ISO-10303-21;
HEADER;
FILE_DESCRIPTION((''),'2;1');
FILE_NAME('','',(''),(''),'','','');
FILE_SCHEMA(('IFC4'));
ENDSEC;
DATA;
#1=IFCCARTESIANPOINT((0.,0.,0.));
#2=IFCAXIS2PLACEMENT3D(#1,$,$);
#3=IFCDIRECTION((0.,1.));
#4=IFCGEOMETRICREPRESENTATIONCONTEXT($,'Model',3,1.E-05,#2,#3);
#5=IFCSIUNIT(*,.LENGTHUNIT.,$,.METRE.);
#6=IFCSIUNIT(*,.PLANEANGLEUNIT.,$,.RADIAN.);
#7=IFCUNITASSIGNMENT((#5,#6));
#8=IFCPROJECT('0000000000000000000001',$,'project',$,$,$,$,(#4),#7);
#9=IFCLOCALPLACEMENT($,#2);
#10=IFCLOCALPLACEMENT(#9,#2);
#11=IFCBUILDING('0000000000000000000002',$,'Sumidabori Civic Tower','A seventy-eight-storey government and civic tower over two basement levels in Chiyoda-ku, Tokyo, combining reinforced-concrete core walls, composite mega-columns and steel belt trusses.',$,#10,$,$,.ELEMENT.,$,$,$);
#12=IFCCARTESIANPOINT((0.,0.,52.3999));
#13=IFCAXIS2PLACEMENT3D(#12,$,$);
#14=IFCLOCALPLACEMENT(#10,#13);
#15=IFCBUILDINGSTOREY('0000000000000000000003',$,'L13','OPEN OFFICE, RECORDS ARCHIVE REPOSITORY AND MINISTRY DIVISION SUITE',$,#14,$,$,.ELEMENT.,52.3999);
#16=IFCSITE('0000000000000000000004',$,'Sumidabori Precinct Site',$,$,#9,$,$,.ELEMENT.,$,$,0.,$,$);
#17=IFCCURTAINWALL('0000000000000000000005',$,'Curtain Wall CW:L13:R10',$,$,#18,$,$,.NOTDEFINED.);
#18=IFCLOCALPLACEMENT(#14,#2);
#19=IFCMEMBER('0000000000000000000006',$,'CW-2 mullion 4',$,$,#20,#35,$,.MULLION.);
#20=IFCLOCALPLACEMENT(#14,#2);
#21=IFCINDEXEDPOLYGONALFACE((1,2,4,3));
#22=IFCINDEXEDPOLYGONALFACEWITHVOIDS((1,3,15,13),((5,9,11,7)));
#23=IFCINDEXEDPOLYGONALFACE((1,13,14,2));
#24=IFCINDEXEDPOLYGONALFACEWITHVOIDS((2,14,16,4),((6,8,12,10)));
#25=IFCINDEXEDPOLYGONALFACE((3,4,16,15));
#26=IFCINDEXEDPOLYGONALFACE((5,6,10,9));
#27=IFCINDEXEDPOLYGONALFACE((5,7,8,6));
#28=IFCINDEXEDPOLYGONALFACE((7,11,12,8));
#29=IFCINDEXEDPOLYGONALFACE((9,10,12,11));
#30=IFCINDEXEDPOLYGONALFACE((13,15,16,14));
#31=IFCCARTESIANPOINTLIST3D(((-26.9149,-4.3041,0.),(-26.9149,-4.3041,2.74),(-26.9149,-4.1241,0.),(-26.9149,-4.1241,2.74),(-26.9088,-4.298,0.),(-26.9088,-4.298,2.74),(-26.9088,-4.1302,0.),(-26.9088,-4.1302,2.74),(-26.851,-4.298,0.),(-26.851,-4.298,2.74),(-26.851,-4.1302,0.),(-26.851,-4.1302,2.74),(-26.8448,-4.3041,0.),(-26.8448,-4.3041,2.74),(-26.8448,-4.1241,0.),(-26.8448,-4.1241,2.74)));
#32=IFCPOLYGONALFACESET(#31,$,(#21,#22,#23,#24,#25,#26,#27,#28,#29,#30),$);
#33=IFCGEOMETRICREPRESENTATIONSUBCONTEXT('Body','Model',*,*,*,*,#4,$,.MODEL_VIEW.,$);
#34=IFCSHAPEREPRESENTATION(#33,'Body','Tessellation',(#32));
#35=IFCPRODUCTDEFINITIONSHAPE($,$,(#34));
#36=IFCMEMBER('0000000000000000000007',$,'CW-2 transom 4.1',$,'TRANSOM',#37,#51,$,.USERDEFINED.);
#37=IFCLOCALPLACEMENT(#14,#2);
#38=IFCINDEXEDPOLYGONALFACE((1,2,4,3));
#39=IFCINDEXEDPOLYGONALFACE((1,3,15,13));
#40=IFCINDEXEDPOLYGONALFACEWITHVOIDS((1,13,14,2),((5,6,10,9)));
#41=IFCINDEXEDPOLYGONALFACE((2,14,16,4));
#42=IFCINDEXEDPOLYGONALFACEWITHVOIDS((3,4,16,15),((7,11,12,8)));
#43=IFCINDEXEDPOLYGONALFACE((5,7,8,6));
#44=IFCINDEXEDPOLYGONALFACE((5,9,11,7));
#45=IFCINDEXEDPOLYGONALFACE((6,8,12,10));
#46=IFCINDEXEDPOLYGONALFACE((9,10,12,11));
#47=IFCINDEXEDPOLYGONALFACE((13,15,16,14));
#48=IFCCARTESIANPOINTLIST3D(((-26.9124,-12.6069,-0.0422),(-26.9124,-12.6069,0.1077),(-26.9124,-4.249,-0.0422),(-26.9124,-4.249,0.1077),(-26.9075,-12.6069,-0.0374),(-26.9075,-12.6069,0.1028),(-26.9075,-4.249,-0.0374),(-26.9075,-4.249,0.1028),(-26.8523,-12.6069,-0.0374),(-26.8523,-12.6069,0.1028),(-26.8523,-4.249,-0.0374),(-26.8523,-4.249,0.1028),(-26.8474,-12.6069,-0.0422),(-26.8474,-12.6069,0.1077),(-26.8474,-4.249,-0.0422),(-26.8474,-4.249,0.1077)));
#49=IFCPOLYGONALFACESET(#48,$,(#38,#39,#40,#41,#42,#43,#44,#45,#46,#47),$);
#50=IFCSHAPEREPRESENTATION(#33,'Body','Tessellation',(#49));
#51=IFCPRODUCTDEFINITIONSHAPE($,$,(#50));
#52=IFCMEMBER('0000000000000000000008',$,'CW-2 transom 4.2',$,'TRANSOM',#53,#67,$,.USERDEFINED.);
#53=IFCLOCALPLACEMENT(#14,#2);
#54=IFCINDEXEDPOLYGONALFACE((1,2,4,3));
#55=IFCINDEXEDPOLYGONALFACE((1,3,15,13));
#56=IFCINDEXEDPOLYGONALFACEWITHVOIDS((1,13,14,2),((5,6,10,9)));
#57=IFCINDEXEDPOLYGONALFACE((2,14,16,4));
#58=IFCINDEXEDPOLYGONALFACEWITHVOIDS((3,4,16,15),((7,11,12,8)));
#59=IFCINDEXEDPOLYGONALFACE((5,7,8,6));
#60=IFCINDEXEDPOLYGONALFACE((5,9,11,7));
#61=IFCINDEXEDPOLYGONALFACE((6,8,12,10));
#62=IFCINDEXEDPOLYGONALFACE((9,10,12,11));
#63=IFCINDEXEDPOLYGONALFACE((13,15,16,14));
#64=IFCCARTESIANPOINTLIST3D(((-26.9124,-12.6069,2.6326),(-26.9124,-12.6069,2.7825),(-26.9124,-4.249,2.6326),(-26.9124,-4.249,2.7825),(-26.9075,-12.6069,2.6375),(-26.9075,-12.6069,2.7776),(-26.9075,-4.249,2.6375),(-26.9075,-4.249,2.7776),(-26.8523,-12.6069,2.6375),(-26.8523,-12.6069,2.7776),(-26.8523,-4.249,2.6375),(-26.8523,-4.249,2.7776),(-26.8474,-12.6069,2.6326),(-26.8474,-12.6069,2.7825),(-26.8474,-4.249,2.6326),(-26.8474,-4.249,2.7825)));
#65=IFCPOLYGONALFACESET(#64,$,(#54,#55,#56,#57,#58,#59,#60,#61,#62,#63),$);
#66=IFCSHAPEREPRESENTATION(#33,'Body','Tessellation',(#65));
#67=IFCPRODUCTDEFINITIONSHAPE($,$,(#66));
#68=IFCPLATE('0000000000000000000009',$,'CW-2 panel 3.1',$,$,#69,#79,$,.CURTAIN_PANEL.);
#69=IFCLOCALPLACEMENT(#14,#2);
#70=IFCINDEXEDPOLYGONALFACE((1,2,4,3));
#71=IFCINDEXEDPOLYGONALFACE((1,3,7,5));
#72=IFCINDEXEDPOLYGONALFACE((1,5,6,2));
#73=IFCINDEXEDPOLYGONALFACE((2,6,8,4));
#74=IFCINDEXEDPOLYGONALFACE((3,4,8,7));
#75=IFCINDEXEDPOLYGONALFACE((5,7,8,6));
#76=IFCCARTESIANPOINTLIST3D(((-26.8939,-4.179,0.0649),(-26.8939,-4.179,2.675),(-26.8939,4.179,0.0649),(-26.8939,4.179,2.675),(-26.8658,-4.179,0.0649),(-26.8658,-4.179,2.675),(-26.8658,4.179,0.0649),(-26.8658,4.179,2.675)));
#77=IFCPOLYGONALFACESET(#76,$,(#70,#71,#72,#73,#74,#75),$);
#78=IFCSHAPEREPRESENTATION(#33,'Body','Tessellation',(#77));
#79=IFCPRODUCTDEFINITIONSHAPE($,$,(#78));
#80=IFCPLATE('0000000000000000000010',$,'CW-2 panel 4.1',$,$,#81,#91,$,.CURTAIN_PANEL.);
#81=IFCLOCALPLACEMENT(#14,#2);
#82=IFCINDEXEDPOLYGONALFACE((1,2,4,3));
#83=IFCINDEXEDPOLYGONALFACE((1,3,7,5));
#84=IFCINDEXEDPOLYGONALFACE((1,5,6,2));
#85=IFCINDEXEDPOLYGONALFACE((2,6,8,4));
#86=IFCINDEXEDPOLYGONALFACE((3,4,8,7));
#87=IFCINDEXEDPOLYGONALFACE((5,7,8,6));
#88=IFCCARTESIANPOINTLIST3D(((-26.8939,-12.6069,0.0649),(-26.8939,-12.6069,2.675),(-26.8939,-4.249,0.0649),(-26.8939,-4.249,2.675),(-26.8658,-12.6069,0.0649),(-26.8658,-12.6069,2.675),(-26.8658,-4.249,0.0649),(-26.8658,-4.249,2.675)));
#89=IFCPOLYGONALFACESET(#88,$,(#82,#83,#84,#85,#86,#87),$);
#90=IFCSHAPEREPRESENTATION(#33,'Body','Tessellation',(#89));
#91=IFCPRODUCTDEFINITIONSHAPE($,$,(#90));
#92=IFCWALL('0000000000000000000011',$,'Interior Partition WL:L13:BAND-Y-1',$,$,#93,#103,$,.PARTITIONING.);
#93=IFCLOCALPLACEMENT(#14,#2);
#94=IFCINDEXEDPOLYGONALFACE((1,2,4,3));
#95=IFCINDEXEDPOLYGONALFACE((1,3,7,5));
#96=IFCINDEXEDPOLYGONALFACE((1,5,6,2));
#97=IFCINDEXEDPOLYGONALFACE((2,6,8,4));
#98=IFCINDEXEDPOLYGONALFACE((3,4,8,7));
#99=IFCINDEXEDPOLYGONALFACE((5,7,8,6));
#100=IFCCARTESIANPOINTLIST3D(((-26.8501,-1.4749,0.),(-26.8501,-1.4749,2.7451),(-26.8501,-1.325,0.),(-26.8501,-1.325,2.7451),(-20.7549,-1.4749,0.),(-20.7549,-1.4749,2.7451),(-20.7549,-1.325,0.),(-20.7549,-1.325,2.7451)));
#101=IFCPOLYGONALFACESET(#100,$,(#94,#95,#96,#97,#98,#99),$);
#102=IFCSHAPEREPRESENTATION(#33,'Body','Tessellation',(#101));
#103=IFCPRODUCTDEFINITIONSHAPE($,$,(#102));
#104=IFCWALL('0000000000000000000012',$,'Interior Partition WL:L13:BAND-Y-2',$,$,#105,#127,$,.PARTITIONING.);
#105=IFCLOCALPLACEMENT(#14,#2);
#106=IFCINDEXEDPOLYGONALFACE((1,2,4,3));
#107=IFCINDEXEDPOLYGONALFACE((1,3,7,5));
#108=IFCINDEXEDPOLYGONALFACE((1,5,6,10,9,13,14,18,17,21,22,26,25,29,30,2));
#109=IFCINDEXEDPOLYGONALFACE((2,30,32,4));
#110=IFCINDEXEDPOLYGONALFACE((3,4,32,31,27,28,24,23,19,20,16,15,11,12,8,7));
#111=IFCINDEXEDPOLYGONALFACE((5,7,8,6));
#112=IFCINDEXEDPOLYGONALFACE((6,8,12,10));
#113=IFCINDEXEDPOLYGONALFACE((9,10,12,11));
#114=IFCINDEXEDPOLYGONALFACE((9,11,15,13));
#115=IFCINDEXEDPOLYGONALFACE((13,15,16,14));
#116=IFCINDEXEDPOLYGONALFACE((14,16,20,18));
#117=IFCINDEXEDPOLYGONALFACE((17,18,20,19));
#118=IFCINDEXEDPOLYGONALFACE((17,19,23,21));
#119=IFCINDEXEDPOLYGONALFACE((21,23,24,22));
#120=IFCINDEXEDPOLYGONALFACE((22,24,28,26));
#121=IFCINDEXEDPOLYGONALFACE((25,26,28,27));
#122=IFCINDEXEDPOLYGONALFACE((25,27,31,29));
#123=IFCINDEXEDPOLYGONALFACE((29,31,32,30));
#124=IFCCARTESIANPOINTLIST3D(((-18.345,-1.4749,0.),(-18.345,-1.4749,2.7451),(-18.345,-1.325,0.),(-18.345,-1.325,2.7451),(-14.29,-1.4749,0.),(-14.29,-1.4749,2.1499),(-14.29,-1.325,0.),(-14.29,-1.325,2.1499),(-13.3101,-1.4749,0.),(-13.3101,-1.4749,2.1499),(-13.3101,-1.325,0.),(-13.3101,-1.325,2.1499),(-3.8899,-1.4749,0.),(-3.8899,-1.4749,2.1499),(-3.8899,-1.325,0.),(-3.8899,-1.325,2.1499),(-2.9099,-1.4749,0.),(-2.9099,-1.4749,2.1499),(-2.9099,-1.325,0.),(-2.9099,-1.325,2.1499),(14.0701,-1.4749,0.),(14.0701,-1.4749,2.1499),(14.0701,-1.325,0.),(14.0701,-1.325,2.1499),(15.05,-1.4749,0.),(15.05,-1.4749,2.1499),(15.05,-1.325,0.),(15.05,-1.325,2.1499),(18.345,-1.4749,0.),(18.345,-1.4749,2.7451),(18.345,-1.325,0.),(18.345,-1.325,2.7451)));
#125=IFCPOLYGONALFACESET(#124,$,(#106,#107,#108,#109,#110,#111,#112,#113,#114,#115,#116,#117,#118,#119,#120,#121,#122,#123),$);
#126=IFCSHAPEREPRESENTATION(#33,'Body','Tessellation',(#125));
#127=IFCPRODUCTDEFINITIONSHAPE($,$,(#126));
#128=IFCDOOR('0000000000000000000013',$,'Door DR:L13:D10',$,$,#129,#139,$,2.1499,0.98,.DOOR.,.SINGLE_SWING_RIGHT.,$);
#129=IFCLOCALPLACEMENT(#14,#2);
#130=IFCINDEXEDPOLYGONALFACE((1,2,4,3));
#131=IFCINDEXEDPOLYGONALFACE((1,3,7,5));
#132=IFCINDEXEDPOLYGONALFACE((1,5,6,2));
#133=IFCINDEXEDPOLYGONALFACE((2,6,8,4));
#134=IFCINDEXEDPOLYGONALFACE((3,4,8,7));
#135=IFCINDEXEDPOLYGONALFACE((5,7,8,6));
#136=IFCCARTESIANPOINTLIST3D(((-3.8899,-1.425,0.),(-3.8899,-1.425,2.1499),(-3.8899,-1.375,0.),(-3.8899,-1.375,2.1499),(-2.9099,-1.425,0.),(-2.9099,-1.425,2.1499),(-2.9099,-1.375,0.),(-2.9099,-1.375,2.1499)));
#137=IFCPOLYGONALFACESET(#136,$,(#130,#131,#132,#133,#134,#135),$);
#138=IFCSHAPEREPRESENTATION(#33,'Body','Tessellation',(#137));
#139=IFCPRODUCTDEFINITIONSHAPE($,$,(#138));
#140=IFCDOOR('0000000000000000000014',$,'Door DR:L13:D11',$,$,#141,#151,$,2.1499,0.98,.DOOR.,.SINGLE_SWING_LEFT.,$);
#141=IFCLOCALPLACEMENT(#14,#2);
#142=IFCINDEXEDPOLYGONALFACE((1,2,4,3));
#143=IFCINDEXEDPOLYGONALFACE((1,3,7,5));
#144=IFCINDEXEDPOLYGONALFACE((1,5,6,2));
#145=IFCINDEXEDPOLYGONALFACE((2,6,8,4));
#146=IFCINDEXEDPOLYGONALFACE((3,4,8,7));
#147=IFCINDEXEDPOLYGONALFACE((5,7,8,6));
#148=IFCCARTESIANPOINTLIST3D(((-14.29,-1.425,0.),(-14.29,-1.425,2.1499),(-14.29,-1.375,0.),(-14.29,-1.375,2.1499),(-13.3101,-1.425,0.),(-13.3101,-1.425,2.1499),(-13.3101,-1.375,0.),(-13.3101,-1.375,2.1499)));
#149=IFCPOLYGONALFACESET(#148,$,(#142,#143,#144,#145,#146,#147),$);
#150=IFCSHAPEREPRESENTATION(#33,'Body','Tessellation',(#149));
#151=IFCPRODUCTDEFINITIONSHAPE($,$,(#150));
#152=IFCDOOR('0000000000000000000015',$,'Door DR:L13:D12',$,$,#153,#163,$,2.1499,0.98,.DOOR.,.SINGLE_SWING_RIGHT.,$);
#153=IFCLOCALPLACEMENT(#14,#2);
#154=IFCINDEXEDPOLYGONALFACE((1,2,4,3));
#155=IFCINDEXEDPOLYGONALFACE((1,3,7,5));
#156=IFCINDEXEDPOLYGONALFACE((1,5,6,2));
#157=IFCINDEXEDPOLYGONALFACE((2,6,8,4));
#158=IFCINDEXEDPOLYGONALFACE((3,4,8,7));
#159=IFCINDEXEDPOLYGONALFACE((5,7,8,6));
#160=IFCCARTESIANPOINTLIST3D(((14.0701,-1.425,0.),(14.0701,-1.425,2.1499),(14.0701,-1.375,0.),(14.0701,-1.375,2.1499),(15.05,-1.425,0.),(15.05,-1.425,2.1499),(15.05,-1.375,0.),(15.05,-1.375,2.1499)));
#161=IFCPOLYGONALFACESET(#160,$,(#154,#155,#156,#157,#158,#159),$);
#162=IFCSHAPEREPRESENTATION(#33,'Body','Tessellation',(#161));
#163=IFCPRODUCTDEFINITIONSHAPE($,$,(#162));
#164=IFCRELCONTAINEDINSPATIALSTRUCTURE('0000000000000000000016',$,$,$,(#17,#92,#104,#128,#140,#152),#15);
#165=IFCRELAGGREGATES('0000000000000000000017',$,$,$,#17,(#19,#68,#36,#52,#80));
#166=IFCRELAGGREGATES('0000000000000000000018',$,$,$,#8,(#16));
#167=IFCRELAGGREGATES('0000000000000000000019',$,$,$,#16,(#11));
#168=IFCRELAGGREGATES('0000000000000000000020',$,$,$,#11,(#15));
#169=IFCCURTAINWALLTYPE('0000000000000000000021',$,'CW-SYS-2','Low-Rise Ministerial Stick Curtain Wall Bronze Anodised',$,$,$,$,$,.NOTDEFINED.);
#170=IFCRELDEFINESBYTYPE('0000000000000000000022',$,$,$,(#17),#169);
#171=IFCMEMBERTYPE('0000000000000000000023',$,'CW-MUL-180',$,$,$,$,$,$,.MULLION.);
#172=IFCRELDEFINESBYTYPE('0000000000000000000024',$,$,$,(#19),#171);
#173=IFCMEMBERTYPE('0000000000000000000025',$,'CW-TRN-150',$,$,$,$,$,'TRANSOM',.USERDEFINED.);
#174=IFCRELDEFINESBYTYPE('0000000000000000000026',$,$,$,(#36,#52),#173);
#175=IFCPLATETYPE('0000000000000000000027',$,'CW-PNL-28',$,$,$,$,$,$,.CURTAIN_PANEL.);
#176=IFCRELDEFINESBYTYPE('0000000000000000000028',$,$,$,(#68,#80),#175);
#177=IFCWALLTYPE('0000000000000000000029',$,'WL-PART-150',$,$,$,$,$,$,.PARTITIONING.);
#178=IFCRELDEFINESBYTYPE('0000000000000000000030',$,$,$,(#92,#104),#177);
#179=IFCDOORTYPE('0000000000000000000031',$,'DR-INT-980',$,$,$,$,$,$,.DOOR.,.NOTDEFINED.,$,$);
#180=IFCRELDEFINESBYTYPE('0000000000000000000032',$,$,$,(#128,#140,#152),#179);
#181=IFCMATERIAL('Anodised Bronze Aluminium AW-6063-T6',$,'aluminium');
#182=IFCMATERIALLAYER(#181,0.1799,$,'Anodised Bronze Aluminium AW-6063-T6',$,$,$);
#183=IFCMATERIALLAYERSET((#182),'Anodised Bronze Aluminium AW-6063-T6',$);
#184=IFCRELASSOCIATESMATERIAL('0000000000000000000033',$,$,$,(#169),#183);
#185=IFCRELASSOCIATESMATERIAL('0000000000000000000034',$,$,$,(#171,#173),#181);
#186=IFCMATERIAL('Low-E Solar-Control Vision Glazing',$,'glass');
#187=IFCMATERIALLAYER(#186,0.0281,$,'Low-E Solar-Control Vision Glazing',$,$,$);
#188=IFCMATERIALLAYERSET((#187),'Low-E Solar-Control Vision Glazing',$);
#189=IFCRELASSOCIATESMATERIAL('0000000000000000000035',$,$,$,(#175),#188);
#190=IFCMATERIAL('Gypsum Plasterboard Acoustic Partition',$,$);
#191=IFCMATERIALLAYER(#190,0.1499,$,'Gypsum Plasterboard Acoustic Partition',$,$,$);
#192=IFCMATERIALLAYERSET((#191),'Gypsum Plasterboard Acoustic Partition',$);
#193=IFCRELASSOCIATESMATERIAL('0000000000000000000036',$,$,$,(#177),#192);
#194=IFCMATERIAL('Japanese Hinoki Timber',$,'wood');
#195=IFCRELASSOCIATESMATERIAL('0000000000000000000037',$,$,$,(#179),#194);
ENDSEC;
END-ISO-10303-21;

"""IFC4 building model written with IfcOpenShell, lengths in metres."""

from ifc_helpers import new_model, si_unit, direction, frame, frame_2d, origin, origin_2d, place, context, subcontext, project, spatial, rectangle, hollow_rectangle, extrude, source, transform, mapped, material, layer, layer_set, material_profile, profile_set, type_object, element, fill, aggregate, save


model = new_model("IFC4")

# Units and contexts
model_context = context("Model", 3, precision=1e-05, world=origin(), true_north=direction((0.0, 1.0)))
body_context = subcontext(model_context, "Body", "Model", "MODEL_VIEW")
ifc_project = project(units=[si_unit("LENGTHUNIT", "METRE"), si_unit("PLANEANGLEUNIT", "RADIAN")], contexts=[model_context])

# Site, building, storey
site_placement = place(None, origin())
site = spatial("IfcSite", under=ifc_project, at=site_placement, Name="Sumidabori Precinct Site", CompositionType="ELEMENT", RefElevation=0.0)
building_placement = place(site_placement, origin())
building = spatial("IfcBuilding", under=site, at=building_placement, Name="Sumidabori Civic Tower", Description="A seventy-eight-storey government and civic tower over two basement levels in Chiyoda-ku, Tokyo, combining reinforced-concrete core walls, composite mega-columns and steel belt trusses.", CompositionType="ELEMENT")
storey_placement = place(building_placement, frame((0.0, 0.0, 52.3999)))
storey = spatial("IfcBuildingStorey", under=building, at=storey_placement, Name="L13", Description="OPEN OFFICE, RECORDS ARCHIVE REPOSITORY AND MINISTRY DIVISION SUITE", CompositionType="ELEMENT", Elevation=52.3999)

# Curtain wall, members, plates
ifc_material_1 = material(Name="Anodised Bronze Aluminium AW-6063-T6", Category="aluminium")
ifc_layer_1 = layer(ifc_material_1, 0.1799, Name="Anodised Bronze Aluminium AW-6063-T6")
ifc_layer_set_1 = layer_set([ifc_layer_1], Name="Anodised Bronze Aluminium AW-6063-T6")
curtain_wall_type = type_object("IfcCurtainWallType", Name="CW-SYS-2", Description="Low-Rise Ministerial Stick Curtain Wall Bronze Anodised", PredefinedType="NOTDEFINED", material=ifc_layer_set_1)
curtain_wall_placement = place(storey_placement, origin())
curtain_wall = element("IfcCurtainWall", 1, at=curtain_wall_placement, inside=storey, type_object=curtain_wall_type, Name="Curtain Wall CW:L13:R10", PredefinedType="NOTDEFINED")
ifc_material_profile_1 = material_profile(ifc_material_1, hollow_rectangle(XDim=0.0701, YDim=0.1799, WallThickness=0.0061, at=origin_2d()), Name="ALU MULLION 180x70")
ifc_profile_set_1 = profile_set([ifc_material_profile_1], Name="Anodised Bronze Aluminium AW-6063-T6")
member_type_1 = type_object("IfcMemberType", Name="CW-MUL-180", PredefinedType="MULLION", material=ifc_profile_set_1)
shared_shape_1 = source(origin(), body_context, "Body", "SweptSolid", [
    extrude(hollow_rectangle(XDim=0.0701, YDim=0.1799, WallThickness=0.0061, at=origin_2d()), origin(), (0.0, 0.0, 1.0), 2.74),
])
member_1_placement = place(storey_placement, frame((-26.8799, -4.2141, 0.0), z_axis=(0.0, 0.0, 1.0), x_axis=(1.0, 0.0, 0.0)))
member_1 = element("IfcMember", 2, at=member_1_placement, type_object=member_type_1, Name="CW-2 mullion 4", PredefinedType="MULLION", context=body_context, shape_type="MappedRepresentation", body=[
    mapped(shared_shape_1, transform((0.0, 0.0, 0.0), x_axis=(1.0, 0.0, 0.0), y_axis=(0.0, 1.0, 0.0), z_axis=(0.0, 0.0, 1.0), scale=1.0)),
])
ifc_material_profile_2 = material_profile(ifc_material_1, hollow_rectangle(XDim=0.0649, YDim=0.1499, WallThickness=0.0049, at=origin_2d()), Name="ALU TRANSOM 150x65")
ifc_profile_set_2 = profile_set([ifc_material_profile_2], Name="Anodised Bronze Aluminium AW-6063-T6")
member_type_2 = type_object("IfcMemberType", Name="CW-TRN-150", ElementType="TRANSOM", PredefinedType="USERDEFINED", material=ifc_profile_set_2)
shared_shape_2 = source(origin(), body_context, "Body", "SweptSolid", [
    extrude(hollow_rectangle(XDim=0.0649, YDim=0.1499, WallThickness=0.0049, at=origin_2d()), origin(), (0.0, 0.0, 1.0), 8.3579),
])
member_2_placement = place(storey_placement, frame((-26.8799, -4.249, 0.0327), z_axis=(0.0, -1.0, 0.0), x_axis=(1.0, 0.0, 0.0)))
member_2 = element("IfcMember", 3, at=member_2_placement, type_object=member_type_2, Name="CW-2 transom 4.1", ObjectType="TRANSOM", PredefinedType="USERDEFINED", context=body_context, shape_type="MappedRepresentation", body=[
    mapped(shared_shape_2, transform((0.0, 0.0, 0.0), x_axis=(1.0, 0.0, 0.0), y_axis=(0.0, 1.0, 0.0), z_axis=(0.0, 0.0, 1.0), scale=1.0)),
])
member_3_placement = place(storey_placement, frame((-26.8799, -4.249, 2.7075), z_axis=(0.0, -1.0, 0.0), x_axis=(1.0, 0.0, 0.0)))
member_3 = element("IfcMember", 4, at=member_3_placement, type_object=member_type_2, Name="CW-2 transom 4.2", ObjectType="TRANSOM", PredefinedType="USERDEFINED", context=body_context, shape_type="MappedRepresentation", body=[
    mapped(shared_shape_2, transform((0.0, 0.0, 0.0), x_axis=(1.0, 0.0, 0.0), y_axis=(0.0, 1.0, 0.0), z_axis=(0.0, 0.0, 1.0), scale=1.0)),
])
ifc_material_2 = material(Name="Low-E Solar-Control Vision Glazing", Category="glass")
ifc_layer_2 = layer(ifc_material_2, 0.0281, Name="Low-E Solar-Control Vision Glazing")
ifc_layer_set_2 = layer_set([ifc_layer_2], Name="Low-E Solar-Control Vision Glazing")
plate_type = type_object("IfcPlateType", Name="CW-PNL-28", PredefinedType="CURTAIN_PANEL", material=ifc_layer_set_2)
shared_shape_3 = source(origin(), body_context, "Body", "SweptSolid", [
    extrude(rectangle(XDim=8.3579, YDim=0.0281, at=origin_2d()), origin(), (0.0, 0.0, 1.0), 2.6101),
])
plate_1_placement = place(storey_placement, frame((-26.8799, 0.0, 0.0649), z_axis=(0.0, 0.0, 1.0), x_axis=(0.0, -1.0, 0.0)))
plate_1 = element("IfcPlate", 5, at=plate_1_placement, type_object=plate_type, Name="CW-2 panel 3.1", PredefinedType="CURTAIN_PANEL", context=body_context, shape_type="MappedRepresentation", body=[
    mapped(shared_shape_3, transform((0.0, 0.0, 0.0), x_axis=(1.0, 0.0, 0.0), y_axis=(0.0, 1.0, 0.0), z_axis=(0.0, 0.0, 1.0), scale=1.0)),
])
plate_2_placement = place(storey_placement, frame((-26.8799, -8.428, 0.0649), z_axis=(0.0, 0.0, 1.0), x_axis=(0.0, -1.0, 0.0)))
plate_2 = element("IfcPlate", 6, at=plate_2_placement, type_object=plate_type, Name="CW-2 panel 4.1", PredefinedType="CURTAIN_PANEL", context=body_context, shape_type="MappedRepresentation", body=[
    mapped(shared_shape_3, transform((0.0, 0.0, 0.0), x_axis=(1.0, 0.0, 0.0), y_axis=(0.0, 1.0, 0.0), z_axis=(0.0, 0.0, 1.0), scale=1.0)),
])
aggregate(curtain_wall, [member_1, plate_1, member_2, member_3, plate_2])

# Wall
ifc_material_3 = material(Name="Gypsum Plasterboard Acoustic Partition")
ifc_layer_3 = layer(ifc_material_3, 0.1499, Name="Gypsum Plasterboard Acoustic Partition")
ifc_layer_set_3 = layer_set([ifc_layer_3], Name="Gypsum Plasterboard Acoustic Partition")
wall_type = type_object("IfcWallType", Name="WL-PART-150", PredefinedType="PARTITIONING", material=ifc_layer_set_3)
shared_shape_4 = source(origin(), body_context, "Body", "SweptSolid", [
    extrude(rectangle(XDim=6.0952, YDim=0.1499, at=frame_2d((3.0476, 0.0))), origin(), (0.0, 0.0, 1.0), 2.7451),
])
wall_1_placement = place(storey_placement, frame((-26.8501, -1.3999, 0.0), z_axis=(0.0, 0.0, 1.0), x_axis=(1.0, 0.0, 0.0)))
element("IfcWall", 7, at=wall_1_placement, inside=storey, type_object=wall_type, Name="Interior Partition WL:L13:BAND-Y-1", PredefinedType="PARTITIONING", context=body_context, shape_type="MappedRepresentation", body=[
    mapped(shared_shape_4, transform((0.0, 0.0, 0.0), x_axis=(1.0, 0.0, 0.0), y_axis=(0.0, 1.0, 0.0), z_axis=(0.0, 0.0, 1.0), scale=1.0)),
])

# Wall, openings, doors
shared_shape_5 = source(origin(), body_context, "Body", "SweptSolid", [
    extrude(rectangle(XDim=36.6899, YDim=0.1499, at=frame_2d((18.345, 0.0))), origin(), (0.0, 0.0, 1.0), 2.7451),
])
wall_2_placement = place(storey_placement, frame((-18.345, -1.3999, 0.0), z_axis=(0.0, 0.0, 1.0), x_axis=(1.0, 0.0, 0.0)))
wall_2 = element("IfcWall", 8, at=wall_2_placement, inside=storey, type_object=wall_type, Name="Interior Partition WL:L13:BAND-Y-2", PredefinedType="PARTITIONING", context=body_context, shape_type="MappedRepresentation", body=[
    mapped(shared_shape_5, transform((0.0, 0.0, 0.0), x_axis=(1.0, 0.0, 0.0), y_axis=(0.0, 1.0, 0.0), z_axis=(0.0, 0.0, 1.0), scale=1.0)),
])
opening_1_placement = place(wall_2_placement, frame((14.4551, 0.0, 0.0)))
opening_1 = element("IfcOpeningElement", 9, at=opening_1_placement, cuts=wall_2, PredefinedType="OPENING", context=body_context, shape_type="SweptSolid", body=[
    extrude(rectangle(XDim=0.98, YDim=2.1499, at=frame_2d((0.49, 1.075))), frame((0.0, 0.0869, 0.0), z_axis=(0.0, -1.0, 0.0), x_axis=(1.0, 0.0, 0.0)), (0.0, 0.0, 1.0), 0.1738),
])
opening_2_placement = place(wall_2_placement, frame((4.0549, 0.0, 0.0)))
opening_2 = element("IfcOpeningElement", 10, at=opening_2_placement, cuts=wall_2, PredefinedType="OPENING", context=body_context, shape_type="SweptSolid", body=[
    extrude(rectangle(XDim=0.98, YDim=2.1499, at=frame_2d((0.49, 1.075))), frame((0.0, 0.0869, 0.0), z_axis=(0.0, -1.0, 0.0), x_axis=(1.0, 0.0, 0.0)), (0.0, 0.0, 1.0), 0.1738),
])
opening_3_placement = place(wall_2_placement, frame((32.415, 0.0, 0.0)))
opening_3 = element("IfcOpeningElement", 11, at=opening_3_placement, cuts=wall_2, PredefinedType="OPENING", context=body_context, shape_type="SweptSolid", body=[
    extrude(rectangle(XDim=0.98, YDim=2.1499, at=frame_2d((0.49, 1.075))), frame((0.0, 0.0869, 0.0), z_axis=(0.0, -1.0, 0.0), x_axis=(1.0, 0.0, 0.0)), (0.0, 0.0, 1.0), 0.1738),
])
ifc_material_4 = material(Name="Japanese Hinoki Timber", Category="wood")
door_type = type_object("IfcDoorType", Name="DR-INT-980", OperationType="NOTDEFINED", PredefinedType="DOOR", material=ifc_material_4)
shared_shape_6 = source(origin(), body_context, "Body", "SweptSolid", [
    extrude(rectangle(XDim=0.98, YDim=2.1499, at=frame_2d((0.49, 1.075))), frame((0.0, 0.0249, 0.0), z_axis=(0.0, -1.0, 0.0), x_axis=(1.0, 0.0, 0.0)), (0.0, 0.0, 1.0), 0.05),
])
door_1_placement = place(opening_1_placement, origin())
door_1 = element("IfcDoor", 12, at=door_1_placement, inside=storey, type_object=door_type, Name="Door DR:L13:D10", OperationType="SINGLE_SWING_RIGHT", OverallHeight=2.1499, OverallWidth=0.98, PredefinedType="DOOR", context=body_context, shape_type="MappedRepresentation", body=[
    mapped(shared_shape_6, transform((0.0, 0.0, 0.0), x_axis=(1.0, 0.0, 0.0), y_axis=(0.0, 1.0, 0.0), z_axis=(0.0, 0.0, 1.0), scale=1.0)),
])
fill(opening_1, door_1)
door_2_placement = place(opening_2_placement, origin())
door_2 = element("IfcDoor", 13, at=door_2_placement, inside=storey, type_object=door_type, Name="Door DR:L13:D11", OperationType="SINGLE_SWING_LEFT", OverallHeight=2.1499, OverallWidth=0.98, PredefinedType="DOOR", context=body_context, shape_type="MappedRepresentation", body=[
    mapped(shared_shape_6, transform((0.0, 0.0, 0.0), x_axis=(1.0, 0.0, 0.0), y_axis=(0.0, 1.0, 0.0), z_axis=(0.0, 0.0, 1.0), scale=1.0)),
])
fill(opening_2, door_2)
door_3_placement = place(opening_3_placement, origin())
door_3 = element("IfcDoor", 14, at=door_3_placement, inside=storey, type_object=door_type, Name="Door DR:L13:D12", OperationType="SINGLE_SWING_RIGHT", OverallHeight=2.1499, OverallWidth=0.98, PredefinedType="DOOR", context=body_context, shape_type="MappedRepresentation", body=[
    mapped(shared_shape_6, transform((0.0, 0.0, 0.0), x_axis=(1.0, 0.0, 0.0), y_axis=(0.0, 1.0, 0.0), z_axis=(0.0, 0.0, 1.0), scale=1.0)),
])
fill(opening_3, door_3)

save(model, "model.ifc")
